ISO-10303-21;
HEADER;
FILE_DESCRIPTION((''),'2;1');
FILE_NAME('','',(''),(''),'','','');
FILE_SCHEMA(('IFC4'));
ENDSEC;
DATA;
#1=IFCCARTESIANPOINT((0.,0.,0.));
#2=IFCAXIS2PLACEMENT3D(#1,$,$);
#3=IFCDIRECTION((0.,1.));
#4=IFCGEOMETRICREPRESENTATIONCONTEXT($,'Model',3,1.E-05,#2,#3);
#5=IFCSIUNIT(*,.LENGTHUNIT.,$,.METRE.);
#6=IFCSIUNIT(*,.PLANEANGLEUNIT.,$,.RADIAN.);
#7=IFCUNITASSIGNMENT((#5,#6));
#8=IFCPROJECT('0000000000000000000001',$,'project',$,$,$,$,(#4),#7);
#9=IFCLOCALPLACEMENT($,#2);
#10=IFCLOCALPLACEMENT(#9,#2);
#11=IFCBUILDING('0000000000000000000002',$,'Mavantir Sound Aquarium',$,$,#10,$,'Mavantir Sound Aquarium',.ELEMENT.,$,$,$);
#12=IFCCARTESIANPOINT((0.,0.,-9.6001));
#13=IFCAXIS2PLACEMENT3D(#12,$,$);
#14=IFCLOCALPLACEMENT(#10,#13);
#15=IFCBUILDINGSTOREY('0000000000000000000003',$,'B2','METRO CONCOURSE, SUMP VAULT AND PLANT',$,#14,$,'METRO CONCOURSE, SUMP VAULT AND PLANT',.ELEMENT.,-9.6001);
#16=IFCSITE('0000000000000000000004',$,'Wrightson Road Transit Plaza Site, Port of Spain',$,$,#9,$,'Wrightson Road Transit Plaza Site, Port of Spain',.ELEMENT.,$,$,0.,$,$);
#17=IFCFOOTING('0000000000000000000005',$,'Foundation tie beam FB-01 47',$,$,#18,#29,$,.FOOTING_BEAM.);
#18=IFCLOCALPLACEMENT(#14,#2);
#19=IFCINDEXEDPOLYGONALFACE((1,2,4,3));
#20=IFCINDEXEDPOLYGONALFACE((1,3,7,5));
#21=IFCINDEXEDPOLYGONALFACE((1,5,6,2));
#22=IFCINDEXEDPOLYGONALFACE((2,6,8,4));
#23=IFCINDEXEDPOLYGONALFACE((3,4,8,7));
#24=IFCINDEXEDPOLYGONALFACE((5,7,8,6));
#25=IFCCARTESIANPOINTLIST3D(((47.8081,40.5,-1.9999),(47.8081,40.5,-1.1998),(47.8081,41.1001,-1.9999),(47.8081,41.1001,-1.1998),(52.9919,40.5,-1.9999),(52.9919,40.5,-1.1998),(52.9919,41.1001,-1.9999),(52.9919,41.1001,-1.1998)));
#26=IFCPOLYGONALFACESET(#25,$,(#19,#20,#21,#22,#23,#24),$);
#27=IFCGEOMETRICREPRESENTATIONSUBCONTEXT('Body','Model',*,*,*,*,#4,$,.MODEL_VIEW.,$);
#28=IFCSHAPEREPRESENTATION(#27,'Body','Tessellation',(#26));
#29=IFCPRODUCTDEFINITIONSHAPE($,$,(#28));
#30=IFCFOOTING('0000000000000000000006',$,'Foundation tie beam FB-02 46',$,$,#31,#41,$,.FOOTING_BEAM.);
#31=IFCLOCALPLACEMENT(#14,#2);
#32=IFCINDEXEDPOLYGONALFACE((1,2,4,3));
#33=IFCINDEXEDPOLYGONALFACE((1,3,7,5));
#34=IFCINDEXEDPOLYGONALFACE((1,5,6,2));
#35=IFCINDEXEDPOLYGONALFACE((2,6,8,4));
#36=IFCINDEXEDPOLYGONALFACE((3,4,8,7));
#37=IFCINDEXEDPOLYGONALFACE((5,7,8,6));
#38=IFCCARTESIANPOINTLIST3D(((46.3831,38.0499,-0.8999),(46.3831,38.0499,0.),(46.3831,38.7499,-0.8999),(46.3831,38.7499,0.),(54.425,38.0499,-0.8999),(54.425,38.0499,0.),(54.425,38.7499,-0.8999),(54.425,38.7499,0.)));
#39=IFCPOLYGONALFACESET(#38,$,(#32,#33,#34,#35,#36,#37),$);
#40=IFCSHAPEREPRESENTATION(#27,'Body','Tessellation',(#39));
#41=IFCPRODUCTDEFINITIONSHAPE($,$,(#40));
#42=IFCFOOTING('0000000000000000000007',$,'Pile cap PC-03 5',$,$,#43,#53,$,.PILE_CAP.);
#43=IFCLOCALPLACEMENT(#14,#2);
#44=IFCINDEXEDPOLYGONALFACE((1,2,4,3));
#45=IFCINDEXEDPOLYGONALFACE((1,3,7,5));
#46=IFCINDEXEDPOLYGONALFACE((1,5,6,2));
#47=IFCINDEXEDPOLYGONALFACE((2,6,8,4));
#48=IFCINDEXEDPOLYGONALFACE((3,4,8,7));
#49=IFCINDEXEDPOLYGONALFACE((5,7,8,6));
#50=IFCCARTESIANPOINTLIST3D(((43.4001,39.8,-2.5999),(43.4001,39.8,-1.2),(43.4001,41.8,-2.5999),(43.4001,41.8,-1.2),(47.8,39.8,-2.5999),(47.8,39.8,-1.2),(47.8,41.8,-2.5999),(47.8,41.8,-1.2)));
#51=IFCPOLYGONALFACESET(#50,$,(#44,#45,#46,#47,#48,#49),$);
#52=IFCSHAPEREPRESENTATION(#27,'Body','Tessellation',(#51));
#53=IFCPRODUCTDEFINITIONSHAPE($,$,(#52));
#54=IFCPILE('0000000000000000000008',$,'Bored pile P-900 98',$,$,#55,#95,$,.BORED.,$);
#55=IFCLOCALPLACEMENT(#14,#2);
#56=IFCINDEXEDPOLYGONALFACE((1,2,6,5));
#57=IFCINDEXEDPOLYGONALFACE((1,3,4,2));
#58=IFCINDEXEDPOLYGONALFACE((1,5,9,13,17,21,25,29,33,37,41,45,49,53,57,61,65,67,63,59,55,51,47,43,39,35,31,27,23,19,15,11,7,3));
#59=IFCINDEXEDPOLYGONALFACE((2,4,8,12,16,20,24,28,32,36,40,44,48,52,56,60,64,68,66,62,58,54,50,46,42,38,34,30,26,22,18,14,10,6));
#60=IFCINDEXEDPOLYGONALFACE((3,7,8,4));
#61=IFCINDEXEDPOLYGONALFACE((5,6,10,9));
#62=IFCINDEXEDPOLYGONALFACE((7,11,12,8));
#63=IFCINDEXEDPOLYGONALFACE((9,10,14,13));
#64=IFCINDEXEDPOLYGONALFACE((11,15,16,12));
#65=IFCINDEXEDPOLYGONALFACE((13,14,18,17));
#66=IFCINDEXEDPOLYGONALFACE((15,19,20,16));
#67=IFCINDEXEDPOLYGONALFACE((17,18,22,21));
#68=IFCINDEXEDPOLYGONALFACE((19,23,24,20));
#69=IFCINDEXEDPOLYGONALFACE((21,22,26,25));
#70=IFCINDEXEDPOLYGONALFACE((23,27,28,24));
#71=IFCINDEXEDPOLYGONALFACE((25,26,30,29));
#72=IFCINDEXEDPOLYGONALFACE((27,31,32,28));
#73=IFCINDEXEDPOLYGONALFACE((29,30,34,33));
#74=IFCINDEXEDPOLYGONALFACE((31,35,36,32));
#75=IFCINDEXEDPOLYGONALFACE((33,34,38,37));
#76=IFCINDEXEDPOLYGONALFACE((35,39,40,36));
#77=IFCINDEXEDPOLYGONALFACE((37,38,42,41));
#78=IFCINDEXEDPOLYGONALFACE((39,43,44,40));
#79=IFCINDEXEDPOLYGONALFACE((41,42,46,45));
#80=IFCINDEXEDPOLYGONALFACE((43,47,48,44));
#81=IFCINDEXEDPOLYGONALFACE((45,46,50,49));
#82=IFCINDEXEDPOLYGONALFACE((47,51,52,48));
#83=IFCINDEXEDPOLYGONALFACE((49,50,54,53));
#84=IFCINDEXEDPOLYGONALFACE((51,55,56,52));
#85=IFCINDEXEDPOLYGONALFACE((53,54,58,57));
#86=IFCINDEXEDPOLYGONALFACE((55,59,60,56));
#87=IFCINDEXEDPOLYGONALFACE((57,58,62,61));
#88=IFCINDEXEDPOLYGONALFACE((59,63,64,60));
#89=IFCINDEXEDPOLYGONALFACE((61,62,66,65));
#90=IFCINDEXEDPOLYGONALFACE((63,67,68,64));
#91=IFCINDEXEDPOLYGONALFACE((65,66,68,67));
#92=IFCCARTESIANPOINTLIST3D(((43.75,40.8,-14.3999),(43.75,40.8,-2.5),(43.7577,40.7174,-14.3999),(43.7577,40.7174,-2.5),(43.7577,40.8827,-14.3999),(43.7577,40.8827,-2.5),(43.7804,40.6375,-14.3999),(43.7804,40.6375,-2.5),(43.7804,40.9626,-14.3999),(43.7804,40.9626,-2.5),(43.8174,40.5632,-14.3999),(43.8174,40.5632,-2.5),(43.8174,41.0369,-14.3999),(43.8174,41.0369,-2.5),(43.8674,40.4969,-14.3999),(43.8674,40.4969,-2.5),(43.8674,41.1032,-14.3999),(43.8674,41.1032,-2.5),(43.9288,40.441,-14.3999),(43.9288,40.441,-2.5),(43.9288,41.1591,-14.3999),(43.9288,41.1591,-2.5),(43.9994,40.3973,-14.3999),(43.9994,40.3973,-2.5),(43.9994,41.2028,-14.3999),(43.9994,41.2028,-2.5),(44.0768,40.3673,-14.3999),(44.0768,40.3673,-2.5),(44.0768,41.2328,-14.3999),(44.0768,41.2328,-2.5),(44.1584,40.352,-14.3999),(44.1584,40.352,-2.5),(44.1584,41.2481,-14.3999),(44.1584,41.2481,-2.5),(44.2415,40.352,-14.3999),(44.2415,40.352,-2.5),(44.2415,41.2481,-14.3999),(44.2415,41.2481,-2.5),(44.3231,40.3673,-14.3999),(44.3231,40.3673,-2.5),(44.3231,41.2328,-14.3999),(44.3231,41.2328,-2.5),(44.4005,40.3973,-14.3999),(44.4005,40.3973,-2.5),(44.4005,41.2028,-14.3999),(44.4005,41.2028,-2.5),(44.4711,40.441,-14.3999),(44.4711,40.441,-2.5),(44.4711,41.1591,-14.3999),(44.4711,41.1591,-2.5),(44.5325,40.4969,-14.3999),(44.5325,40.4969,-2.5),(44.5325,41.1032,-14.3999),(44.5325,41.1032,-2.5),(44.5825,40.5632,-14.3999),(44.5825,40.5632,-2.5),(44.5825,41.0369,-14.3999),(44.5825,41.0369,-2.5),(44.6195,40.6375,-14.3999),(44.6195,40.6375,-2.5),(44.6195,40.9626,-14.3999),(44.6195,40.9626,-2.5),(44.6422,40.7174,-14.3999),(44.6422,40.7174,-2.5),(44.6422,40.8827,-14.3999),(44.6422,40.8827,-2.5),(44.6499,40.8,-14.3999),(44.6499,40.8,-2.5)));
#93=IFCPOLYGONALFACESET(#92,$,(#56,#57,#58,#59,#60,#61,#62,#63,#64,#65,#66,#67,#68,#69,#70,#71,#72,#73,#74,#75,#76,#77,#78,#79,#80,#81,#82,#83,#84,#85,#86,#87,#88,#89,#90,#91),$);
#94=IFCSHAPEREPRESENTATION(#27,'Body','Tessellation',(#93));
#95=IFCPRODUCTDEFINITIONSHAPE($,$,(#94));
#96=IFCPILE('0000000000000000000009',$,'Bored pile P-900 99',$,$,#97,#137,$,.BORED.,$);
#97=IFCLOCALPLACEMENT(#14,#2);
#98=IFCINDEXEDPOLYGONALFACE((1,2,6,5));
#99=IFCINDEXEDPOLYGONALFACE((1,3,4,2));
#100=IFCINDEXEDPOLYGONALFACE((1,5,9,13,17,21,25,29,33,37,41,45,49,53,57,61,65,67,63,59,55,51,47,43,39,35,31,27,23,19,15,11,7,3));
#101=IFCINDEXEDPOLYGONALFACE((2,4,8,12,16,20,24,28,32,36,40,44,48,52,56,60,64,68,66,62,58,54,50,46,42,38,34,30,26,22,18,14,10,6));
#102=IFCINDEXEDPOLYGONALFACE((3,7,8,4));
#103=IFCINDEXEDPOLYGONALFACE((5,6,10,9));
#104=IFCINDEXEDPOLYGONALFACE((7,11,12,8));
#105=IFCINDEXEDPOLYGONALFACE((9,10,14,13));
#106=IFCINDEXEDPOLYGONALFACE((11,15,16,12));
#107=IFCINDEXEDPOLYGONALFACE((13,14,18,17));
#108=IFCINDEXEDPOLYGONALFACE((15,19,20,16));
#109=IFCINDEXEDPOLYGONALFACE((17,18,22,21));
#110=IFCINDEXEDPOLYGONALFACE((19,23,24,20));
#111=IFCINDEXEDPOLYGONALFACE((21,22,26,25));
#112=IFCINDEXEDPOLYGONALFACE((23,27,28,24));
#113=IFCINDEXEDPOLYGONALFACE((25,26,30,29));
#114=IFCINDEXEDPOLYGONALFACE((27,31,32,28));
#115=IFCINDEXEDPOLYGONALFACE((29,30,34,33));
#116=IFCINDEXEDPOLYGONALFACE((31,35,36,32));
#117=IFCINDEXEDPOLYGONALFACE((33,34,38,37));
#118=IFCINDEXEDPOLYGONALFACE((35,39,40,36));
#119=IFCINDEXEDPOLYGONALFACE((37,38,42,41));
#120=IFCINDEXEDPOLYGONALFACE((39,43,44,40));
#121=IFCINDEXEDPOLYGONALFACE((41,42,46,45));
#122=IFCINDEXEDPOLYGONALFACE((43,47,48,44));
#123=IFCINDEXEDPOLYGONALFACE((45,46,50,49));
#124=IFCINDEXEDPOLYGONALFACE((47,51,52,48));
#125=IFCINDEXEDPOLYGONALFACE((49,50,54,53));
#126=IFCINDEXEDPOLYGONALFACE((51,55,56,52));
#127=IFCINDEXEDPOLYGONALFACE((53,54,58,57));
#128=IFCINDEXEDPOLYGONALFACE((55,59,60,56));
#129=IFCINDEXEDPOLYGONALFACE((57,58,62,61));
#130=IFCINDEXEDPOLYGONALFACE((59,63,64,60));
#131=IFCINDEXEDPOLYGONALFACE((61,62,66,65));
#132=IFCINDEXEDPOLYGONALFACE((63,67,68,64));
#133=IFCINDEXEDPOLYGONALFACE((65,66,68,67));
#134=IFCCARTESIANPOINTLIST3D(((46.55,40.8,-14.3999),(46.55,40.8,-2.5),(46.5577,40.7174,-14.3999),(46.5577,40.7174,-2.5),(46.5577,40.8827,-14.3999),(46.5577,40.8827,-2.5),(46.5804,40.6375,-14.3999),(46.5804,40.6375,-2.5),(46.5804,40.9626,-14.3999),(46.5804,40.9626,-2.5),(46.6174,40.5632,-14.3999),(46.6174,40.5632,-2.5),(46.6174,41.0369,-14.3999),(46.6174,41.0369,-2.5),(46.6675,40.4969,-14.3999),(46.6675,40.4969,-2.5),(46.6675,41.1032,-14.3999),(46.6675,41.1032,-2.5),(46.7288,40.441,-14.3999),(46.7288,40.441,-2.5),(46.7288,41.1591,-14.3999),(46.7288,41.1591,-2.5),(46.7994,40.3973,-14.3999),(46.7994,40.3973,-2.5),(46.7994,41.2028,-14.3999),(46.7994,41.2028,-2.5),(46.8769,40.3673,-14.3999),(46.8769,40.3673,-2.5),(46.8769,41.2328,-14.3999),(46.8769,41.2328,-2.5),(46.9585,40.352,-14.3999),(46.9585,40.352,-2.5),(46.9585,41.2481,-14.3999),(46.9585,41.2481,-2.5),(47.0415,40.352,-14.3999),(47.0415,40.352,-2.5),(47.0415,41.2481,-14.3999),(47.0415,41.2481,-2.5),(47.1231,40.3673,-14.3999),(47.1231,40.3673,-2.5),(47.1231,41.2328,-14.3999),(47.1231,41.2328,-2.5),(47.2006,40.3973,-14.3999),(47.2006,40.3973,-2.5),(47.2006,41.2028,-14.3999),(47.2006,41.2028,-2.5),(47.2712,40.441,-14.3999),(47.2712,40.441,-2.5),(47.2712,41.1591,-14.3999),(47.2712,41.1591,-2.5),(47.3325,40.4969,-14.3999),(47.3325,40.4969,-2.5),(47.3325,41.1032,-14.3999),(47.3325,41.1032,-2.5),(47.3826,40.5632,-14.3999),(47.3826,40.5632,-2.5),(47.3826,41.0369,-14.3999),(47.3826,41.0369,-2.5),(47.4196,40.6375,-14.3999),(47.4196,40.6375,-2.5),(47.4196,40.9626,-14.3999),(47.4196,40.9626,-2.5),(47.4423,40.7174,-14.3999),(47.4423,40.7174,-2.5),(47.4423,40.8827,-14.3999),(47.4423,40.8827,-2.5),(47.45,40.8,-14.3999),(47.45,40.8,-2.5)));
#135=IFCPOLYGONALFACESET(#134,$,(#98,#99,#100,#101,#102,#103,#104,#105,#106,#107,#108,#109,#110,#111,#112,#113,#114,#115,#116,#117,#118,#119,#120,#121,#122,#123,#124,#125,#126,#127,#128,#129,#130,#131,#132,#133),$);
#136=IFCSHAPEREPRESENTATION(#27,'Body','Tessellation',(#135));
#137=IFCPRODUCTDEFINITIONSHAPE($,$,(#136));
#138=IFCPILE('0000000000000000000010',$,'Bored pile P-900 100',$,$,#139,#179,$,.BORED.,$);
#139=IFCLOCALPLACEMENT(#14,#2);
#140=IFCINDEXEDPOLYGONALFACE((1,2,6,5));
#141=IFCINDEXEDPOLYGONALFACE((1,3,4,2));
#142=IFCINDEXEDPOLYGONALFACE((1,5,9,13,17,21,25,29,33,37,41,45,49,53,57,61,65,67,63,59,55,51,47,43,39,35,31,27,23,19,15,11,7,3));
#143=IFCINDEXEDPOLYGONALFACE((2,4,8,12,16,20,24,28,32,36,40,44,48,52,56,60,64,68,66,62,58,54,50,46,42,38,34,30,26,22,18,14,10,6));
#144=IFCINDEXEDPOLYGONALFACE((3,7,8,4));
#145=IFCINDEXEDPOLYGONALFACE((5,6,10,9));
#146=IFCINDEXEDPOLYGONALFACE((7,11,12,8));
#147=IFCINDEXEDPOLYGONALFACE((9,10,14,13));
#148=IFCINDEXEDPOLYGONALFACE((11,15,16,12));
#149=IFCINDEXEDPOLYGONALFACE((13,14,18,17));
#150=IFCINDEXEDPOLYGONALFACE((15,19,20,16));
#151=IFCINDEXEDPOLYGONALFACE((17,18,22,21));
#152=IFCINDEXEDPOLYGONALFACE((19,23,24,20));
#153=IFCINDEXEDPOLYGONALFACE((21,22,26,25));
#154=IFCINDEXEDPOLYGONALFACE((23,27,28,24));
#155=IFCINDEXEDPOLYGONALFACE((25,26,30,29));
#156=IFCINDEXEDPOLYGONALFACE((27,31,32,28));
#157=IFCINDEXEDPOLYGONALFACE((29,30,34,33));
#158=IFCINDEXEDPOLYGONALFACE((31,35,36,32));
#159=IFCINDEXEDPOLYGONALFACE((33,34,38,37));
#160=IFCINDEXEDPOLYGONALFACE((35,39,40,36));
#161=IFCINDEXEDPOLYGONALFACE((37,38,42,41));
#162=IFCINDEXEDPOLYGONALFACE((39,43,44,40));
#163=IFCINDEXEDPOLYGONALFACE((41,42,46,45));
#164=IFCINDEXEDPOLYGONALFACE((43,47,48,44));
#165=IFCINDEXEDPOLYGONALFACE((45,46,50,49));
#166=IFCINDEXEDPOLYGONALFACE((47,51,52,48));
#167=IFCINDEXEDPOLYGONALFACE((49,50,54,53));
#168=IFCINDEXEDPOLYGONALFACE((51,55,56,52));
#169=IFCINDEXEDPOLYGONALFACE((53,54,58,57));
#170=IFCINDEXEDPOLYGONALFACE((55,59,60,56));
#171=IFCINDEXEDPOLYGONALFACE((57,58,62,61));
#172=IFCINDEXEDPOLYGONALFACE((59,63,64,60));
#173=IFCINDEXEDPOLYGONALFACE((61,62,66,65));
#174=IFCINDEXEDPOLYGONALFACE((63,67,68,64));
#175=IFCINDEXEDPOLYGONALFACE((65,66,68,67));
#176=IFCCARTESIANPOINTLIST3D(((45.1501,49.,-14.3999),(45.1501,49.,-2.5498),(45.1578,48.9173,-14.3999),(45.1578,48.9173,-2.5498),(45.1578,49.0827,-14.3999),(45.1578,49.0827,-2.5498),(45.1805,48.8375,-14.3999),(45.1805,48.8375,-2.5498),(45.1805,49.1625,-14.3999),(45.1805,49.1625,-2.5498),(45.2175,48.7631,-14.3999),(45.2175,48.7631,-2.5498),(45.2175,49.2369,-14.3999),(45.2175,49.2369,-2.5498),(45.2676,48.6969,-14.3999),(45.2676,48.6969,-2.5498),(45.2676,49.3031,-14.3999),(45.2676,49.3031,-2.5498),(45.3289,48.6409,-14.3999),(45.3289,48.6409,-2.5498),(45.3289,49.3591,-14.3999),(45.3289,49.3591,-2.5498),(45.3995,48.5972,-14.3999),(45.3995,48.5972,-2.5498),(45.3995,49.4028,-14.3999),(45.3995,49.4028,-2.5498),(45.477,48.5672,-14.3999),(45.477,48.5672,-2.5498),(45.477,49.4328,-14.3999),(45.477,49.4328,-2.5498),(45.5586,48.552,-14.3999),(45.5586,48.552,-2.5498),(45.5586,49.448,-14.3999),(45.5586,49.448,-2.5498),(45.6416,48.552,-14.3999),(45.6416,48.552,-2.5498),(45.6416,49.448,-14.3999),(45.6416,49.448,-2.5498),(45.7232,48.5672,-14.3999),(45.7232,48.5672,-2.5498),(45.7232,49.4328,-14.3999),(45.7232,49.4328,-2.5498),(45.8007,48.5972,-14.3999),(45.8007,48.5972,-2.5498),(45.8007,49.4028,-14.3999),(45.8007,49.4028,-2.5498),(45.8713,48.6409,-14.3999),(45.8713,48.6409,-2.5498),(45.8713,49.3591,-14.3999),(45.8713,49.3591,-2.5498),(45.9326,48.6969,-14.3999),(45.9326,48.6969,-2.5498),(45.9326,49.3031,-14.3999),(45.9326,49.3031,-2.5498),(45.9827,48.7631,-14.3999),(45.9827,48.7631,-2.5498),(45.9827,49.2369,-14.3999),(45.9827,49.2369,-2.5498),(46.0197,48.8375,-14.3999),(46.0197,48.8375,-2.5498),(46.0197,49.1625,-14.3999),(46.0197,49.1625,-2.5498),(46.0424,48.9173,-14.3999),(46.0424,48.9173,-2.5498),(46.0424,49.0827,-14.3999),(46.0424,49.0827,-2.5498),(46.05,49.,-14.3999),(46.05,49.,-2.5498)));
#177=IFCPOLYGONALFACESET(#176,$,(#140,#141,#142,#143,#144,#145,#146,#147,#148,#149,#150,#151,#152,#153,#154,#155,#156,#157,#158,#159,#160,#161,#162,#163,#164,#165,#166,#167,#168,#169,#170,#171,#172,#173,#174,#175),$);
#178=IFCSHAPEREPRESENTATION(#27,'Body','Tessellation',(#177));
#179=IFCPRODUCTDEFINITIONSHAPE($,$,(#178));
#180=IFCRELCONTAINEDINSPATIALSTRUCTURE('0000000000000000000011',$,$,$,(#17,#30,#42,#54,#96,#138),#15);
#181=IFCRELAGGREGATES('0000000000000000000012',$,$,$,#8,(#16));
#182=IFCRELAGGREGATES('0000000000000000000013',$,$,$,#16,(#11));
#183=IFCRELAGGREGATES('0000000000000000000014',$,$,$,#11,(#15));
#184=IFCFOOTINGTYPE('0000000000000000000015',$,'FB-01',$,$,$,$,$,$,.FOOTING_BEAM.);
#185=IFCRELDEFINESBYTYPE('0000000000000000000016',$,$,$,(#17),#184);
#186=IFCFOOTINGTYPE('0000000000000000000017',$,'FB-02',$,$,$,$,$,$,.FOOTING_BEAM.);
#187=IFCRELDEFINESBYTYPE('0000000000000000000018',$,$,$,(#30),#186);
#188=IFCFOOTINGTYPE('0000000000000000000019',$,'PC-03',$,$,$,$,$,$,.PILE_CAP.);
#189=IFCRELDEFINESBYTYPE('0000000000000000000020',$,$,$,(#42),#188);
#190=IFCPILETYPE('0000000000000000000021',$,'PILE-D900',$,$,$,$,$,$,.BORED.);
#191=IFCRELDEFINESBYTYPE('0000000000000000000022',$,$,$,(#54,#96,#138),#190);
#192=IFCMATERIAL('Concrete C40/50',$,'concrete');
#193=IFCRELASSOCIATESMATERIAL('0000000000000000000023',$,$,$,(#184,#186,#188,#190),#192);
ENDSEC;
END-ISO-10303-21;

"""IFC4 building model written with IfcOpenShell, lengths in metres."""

from ifc_helpers import new_model, si_unit, direction, frame, origin, origin_2d, place, context, subcontext, project, spatial, rectangle, circle, extrude, material, material_profile, profile_set, type_object, element, save


model = new_model("IFC4")

# Units and contexts
model_context = context("Model", 3, precision=1e-05, world=origin(), true_north=direction((0.0, 1.0)))
body_context = subcontext(model_context, "Body", "Model", "MODEL_VIEW")
ifc_project = project(units=[si_unit("LENGTHUNIT", "METRE"), si_unit("PLANEANGLEUNIT", "RADIAN")], contexts=[model_context])

# Site, building, storey
site_placement = place(None, origin())
site = spatial("IfcSite", under=ifc_project, at=site_placement, Name="Wrightson Road Transit Plaza Site, Port of Spain", LongName="Wrightson Road Transit Plaza Site, Port of Spain", CompositionType="ELEMENT", RefElevation=0.0)
building_placement = place(site_placement, origin())
building = spatial("IfcBuilding", under=site, at=building_placement, Name="Mavantir Sound Aquarium", LongName="Mavantir Sound Aquarium", CompositionType="ELEMENT")
storey_placement = place(building_placement, frame((0.0, 0.0, -9.6001)))
storey = spatial("IfcBuildingStorey", under=building, at=storey_placement, Name="B2", Description="METRO CONCOURSE, SUMP VAULT AND PLANT", LongName="METRO CONCOURSE, SUMP VAULT AND PLANT", CompositionType="ELEMENT", Elevation=-9.6001)

# Footings
ifc_material_1 = material(Name="Concrete C40/50", Category="concrete")
ifc_material_profile_1 = material_profile(ifc_material_1, rectangle(XDim=0.6001, YDim=0.8, at=origin_2d()), Name="RC 600X800")
ifc_profile_set_1 = profile_set([ifc_material_profile_1], Name="Concrete C40/50")
footing_type_1 = type_object("IfcFootingType", Name="FB-01", PredefinedType="FOOTING_BEAM", material=ifc_profile_set_1)
footing_1_placement = place(storey_placement, frame((47.8081, 40.8, -1.5999), z_axis=(1.0, 0.0, 0.0), x_axis=(0.0, 1.0, 0.0)))
element("IfcFooting", 1, at=footing_1_placement, inside=storey, type_object=footing_type_1, Name="Foundation tie beam FB-01 47", PredefinedType="FOOTING_BEAM", context=body_context, shape_type="SweptSolid", body=[
    extrude(rectangle(XDim=0.6001, YDim=0.8, at=origin_2d()), origin(), (0.0, 0.0, 1.0), 5.1838),
])
ifc_material_profile_2 = material_profile(ifc_material_1, rectangle(XDim=0.7, YDim=0.8999, at=origin_2d()), Name="RC 700X900")
ifc_profile_set_2 = profile_set([ifc_material_profile_2], Name="Concrete C40/50")
footing_type_2 = type_object("IfcFootingType", Name="FB-02", PredefinedType="FOOTING_BEAM", material=ifc_profile_set_2)
footing_2_placement = place(storey_placement, frame((46.3831, 38.3999, -0.45), z_axis=(1.0, 0.0, 0.0), x_axis=(0.0, 1.0, 0.0)))
element("IfcFooting", 2, at=footing_2_placement, inside=storey, type_object=footing_type_2, Name="Foundation tie beam FB-02 46", PredefinedType="FOOTING_BEAM", context=body_context, shape_type="SweptSolid", body=[
    extrude(rectangle(XDim=0.7, YDim=0.8999, at=origin_2d()), origin(), (0.0, 0.0, 1.0), 8.042),
])
footing_type_3 = type_object("IfcFootingType", Name="PC-03", PredefinedType="PILE_CAP", material=ifc_material_1)
footing_3_placement = place(storey_placement, frame((45.6001, 40.8, -2.5999), z_axis=(0.0, 0.0, 1.0), x_axis=(1.0, 0.0, 0.0)))
element("IfcFooting", 3, at=footing_3_placement, inside=storey, type_object=footing_type_3, Name="Pile cap PC-03 5", PredefinedType="PILE_CAP", context=body_context, shape_type="SweptSolid", body=[
    extrude(rectangle(XDim=4.3999, YDim=2.0, at=origin_2d()), origin(), (0.0, 0.0, 1.0), 1.3999),
])

# Piles
ifc_material_profile_3 = material_profile(ifc_material_1, circle(Radius=0.45, at=origin_2d()), Name="PILE D900")
ifc_profile_set_3 = profile_set([ifc_material_profile_3], Name="Concrete C40/50")
pile_type = type_object("IfcPileType", Name="PILE-D900", PredefinedType="BORED", material=ifc_profile_set_3)
for number, where, z_axis, x_axis, name in (
    (4, (44.2, 40.8, -2.5), (0.0, 0.0, -1.0), (1.0, 0.0, 0.0), "Bored pile P-900 98"),
    (5, (47.0, 40.8, -2.5), (0.0, 0.0, -1.0), (1.0, 0.0, 0.0), "Bored pile P-900 99"),
):
    element("IfcPile", number, at=place(storey_placement, frame(where, z_axis=z_axis, x_axis=x_axis)), inside=storey, type_object=pile_type, Name=name, PredefinedType="BORED", context=body_context, shape_type="SweptSolid", body=[
        extrude(circle(Radius=0.45, at=origin_2d()), origin(), (0.0, 0.0, 1.0), 11.8999),
    ])
pile_1_placement = place(storey_placement, frame((45.6001, 49.0, -2.5498), z_axis=(0.0, 0.0, -1.0), x_axis=(1.0, 0.0, 0.0)))
element("IfcPile", 6, at=pile_1_placement, inside=storey, type_object=pile_type, Name="Bored pile P-900 100", PredefinedType="BORED", context=body_context, shape_type="SweptSolid", body=[
    extrude(circle(Radius=0.45, at=origin_2d()), origin(), (0.0, 0.0, 1.0), 11.8501),
])

save(model, "model.ifc")
